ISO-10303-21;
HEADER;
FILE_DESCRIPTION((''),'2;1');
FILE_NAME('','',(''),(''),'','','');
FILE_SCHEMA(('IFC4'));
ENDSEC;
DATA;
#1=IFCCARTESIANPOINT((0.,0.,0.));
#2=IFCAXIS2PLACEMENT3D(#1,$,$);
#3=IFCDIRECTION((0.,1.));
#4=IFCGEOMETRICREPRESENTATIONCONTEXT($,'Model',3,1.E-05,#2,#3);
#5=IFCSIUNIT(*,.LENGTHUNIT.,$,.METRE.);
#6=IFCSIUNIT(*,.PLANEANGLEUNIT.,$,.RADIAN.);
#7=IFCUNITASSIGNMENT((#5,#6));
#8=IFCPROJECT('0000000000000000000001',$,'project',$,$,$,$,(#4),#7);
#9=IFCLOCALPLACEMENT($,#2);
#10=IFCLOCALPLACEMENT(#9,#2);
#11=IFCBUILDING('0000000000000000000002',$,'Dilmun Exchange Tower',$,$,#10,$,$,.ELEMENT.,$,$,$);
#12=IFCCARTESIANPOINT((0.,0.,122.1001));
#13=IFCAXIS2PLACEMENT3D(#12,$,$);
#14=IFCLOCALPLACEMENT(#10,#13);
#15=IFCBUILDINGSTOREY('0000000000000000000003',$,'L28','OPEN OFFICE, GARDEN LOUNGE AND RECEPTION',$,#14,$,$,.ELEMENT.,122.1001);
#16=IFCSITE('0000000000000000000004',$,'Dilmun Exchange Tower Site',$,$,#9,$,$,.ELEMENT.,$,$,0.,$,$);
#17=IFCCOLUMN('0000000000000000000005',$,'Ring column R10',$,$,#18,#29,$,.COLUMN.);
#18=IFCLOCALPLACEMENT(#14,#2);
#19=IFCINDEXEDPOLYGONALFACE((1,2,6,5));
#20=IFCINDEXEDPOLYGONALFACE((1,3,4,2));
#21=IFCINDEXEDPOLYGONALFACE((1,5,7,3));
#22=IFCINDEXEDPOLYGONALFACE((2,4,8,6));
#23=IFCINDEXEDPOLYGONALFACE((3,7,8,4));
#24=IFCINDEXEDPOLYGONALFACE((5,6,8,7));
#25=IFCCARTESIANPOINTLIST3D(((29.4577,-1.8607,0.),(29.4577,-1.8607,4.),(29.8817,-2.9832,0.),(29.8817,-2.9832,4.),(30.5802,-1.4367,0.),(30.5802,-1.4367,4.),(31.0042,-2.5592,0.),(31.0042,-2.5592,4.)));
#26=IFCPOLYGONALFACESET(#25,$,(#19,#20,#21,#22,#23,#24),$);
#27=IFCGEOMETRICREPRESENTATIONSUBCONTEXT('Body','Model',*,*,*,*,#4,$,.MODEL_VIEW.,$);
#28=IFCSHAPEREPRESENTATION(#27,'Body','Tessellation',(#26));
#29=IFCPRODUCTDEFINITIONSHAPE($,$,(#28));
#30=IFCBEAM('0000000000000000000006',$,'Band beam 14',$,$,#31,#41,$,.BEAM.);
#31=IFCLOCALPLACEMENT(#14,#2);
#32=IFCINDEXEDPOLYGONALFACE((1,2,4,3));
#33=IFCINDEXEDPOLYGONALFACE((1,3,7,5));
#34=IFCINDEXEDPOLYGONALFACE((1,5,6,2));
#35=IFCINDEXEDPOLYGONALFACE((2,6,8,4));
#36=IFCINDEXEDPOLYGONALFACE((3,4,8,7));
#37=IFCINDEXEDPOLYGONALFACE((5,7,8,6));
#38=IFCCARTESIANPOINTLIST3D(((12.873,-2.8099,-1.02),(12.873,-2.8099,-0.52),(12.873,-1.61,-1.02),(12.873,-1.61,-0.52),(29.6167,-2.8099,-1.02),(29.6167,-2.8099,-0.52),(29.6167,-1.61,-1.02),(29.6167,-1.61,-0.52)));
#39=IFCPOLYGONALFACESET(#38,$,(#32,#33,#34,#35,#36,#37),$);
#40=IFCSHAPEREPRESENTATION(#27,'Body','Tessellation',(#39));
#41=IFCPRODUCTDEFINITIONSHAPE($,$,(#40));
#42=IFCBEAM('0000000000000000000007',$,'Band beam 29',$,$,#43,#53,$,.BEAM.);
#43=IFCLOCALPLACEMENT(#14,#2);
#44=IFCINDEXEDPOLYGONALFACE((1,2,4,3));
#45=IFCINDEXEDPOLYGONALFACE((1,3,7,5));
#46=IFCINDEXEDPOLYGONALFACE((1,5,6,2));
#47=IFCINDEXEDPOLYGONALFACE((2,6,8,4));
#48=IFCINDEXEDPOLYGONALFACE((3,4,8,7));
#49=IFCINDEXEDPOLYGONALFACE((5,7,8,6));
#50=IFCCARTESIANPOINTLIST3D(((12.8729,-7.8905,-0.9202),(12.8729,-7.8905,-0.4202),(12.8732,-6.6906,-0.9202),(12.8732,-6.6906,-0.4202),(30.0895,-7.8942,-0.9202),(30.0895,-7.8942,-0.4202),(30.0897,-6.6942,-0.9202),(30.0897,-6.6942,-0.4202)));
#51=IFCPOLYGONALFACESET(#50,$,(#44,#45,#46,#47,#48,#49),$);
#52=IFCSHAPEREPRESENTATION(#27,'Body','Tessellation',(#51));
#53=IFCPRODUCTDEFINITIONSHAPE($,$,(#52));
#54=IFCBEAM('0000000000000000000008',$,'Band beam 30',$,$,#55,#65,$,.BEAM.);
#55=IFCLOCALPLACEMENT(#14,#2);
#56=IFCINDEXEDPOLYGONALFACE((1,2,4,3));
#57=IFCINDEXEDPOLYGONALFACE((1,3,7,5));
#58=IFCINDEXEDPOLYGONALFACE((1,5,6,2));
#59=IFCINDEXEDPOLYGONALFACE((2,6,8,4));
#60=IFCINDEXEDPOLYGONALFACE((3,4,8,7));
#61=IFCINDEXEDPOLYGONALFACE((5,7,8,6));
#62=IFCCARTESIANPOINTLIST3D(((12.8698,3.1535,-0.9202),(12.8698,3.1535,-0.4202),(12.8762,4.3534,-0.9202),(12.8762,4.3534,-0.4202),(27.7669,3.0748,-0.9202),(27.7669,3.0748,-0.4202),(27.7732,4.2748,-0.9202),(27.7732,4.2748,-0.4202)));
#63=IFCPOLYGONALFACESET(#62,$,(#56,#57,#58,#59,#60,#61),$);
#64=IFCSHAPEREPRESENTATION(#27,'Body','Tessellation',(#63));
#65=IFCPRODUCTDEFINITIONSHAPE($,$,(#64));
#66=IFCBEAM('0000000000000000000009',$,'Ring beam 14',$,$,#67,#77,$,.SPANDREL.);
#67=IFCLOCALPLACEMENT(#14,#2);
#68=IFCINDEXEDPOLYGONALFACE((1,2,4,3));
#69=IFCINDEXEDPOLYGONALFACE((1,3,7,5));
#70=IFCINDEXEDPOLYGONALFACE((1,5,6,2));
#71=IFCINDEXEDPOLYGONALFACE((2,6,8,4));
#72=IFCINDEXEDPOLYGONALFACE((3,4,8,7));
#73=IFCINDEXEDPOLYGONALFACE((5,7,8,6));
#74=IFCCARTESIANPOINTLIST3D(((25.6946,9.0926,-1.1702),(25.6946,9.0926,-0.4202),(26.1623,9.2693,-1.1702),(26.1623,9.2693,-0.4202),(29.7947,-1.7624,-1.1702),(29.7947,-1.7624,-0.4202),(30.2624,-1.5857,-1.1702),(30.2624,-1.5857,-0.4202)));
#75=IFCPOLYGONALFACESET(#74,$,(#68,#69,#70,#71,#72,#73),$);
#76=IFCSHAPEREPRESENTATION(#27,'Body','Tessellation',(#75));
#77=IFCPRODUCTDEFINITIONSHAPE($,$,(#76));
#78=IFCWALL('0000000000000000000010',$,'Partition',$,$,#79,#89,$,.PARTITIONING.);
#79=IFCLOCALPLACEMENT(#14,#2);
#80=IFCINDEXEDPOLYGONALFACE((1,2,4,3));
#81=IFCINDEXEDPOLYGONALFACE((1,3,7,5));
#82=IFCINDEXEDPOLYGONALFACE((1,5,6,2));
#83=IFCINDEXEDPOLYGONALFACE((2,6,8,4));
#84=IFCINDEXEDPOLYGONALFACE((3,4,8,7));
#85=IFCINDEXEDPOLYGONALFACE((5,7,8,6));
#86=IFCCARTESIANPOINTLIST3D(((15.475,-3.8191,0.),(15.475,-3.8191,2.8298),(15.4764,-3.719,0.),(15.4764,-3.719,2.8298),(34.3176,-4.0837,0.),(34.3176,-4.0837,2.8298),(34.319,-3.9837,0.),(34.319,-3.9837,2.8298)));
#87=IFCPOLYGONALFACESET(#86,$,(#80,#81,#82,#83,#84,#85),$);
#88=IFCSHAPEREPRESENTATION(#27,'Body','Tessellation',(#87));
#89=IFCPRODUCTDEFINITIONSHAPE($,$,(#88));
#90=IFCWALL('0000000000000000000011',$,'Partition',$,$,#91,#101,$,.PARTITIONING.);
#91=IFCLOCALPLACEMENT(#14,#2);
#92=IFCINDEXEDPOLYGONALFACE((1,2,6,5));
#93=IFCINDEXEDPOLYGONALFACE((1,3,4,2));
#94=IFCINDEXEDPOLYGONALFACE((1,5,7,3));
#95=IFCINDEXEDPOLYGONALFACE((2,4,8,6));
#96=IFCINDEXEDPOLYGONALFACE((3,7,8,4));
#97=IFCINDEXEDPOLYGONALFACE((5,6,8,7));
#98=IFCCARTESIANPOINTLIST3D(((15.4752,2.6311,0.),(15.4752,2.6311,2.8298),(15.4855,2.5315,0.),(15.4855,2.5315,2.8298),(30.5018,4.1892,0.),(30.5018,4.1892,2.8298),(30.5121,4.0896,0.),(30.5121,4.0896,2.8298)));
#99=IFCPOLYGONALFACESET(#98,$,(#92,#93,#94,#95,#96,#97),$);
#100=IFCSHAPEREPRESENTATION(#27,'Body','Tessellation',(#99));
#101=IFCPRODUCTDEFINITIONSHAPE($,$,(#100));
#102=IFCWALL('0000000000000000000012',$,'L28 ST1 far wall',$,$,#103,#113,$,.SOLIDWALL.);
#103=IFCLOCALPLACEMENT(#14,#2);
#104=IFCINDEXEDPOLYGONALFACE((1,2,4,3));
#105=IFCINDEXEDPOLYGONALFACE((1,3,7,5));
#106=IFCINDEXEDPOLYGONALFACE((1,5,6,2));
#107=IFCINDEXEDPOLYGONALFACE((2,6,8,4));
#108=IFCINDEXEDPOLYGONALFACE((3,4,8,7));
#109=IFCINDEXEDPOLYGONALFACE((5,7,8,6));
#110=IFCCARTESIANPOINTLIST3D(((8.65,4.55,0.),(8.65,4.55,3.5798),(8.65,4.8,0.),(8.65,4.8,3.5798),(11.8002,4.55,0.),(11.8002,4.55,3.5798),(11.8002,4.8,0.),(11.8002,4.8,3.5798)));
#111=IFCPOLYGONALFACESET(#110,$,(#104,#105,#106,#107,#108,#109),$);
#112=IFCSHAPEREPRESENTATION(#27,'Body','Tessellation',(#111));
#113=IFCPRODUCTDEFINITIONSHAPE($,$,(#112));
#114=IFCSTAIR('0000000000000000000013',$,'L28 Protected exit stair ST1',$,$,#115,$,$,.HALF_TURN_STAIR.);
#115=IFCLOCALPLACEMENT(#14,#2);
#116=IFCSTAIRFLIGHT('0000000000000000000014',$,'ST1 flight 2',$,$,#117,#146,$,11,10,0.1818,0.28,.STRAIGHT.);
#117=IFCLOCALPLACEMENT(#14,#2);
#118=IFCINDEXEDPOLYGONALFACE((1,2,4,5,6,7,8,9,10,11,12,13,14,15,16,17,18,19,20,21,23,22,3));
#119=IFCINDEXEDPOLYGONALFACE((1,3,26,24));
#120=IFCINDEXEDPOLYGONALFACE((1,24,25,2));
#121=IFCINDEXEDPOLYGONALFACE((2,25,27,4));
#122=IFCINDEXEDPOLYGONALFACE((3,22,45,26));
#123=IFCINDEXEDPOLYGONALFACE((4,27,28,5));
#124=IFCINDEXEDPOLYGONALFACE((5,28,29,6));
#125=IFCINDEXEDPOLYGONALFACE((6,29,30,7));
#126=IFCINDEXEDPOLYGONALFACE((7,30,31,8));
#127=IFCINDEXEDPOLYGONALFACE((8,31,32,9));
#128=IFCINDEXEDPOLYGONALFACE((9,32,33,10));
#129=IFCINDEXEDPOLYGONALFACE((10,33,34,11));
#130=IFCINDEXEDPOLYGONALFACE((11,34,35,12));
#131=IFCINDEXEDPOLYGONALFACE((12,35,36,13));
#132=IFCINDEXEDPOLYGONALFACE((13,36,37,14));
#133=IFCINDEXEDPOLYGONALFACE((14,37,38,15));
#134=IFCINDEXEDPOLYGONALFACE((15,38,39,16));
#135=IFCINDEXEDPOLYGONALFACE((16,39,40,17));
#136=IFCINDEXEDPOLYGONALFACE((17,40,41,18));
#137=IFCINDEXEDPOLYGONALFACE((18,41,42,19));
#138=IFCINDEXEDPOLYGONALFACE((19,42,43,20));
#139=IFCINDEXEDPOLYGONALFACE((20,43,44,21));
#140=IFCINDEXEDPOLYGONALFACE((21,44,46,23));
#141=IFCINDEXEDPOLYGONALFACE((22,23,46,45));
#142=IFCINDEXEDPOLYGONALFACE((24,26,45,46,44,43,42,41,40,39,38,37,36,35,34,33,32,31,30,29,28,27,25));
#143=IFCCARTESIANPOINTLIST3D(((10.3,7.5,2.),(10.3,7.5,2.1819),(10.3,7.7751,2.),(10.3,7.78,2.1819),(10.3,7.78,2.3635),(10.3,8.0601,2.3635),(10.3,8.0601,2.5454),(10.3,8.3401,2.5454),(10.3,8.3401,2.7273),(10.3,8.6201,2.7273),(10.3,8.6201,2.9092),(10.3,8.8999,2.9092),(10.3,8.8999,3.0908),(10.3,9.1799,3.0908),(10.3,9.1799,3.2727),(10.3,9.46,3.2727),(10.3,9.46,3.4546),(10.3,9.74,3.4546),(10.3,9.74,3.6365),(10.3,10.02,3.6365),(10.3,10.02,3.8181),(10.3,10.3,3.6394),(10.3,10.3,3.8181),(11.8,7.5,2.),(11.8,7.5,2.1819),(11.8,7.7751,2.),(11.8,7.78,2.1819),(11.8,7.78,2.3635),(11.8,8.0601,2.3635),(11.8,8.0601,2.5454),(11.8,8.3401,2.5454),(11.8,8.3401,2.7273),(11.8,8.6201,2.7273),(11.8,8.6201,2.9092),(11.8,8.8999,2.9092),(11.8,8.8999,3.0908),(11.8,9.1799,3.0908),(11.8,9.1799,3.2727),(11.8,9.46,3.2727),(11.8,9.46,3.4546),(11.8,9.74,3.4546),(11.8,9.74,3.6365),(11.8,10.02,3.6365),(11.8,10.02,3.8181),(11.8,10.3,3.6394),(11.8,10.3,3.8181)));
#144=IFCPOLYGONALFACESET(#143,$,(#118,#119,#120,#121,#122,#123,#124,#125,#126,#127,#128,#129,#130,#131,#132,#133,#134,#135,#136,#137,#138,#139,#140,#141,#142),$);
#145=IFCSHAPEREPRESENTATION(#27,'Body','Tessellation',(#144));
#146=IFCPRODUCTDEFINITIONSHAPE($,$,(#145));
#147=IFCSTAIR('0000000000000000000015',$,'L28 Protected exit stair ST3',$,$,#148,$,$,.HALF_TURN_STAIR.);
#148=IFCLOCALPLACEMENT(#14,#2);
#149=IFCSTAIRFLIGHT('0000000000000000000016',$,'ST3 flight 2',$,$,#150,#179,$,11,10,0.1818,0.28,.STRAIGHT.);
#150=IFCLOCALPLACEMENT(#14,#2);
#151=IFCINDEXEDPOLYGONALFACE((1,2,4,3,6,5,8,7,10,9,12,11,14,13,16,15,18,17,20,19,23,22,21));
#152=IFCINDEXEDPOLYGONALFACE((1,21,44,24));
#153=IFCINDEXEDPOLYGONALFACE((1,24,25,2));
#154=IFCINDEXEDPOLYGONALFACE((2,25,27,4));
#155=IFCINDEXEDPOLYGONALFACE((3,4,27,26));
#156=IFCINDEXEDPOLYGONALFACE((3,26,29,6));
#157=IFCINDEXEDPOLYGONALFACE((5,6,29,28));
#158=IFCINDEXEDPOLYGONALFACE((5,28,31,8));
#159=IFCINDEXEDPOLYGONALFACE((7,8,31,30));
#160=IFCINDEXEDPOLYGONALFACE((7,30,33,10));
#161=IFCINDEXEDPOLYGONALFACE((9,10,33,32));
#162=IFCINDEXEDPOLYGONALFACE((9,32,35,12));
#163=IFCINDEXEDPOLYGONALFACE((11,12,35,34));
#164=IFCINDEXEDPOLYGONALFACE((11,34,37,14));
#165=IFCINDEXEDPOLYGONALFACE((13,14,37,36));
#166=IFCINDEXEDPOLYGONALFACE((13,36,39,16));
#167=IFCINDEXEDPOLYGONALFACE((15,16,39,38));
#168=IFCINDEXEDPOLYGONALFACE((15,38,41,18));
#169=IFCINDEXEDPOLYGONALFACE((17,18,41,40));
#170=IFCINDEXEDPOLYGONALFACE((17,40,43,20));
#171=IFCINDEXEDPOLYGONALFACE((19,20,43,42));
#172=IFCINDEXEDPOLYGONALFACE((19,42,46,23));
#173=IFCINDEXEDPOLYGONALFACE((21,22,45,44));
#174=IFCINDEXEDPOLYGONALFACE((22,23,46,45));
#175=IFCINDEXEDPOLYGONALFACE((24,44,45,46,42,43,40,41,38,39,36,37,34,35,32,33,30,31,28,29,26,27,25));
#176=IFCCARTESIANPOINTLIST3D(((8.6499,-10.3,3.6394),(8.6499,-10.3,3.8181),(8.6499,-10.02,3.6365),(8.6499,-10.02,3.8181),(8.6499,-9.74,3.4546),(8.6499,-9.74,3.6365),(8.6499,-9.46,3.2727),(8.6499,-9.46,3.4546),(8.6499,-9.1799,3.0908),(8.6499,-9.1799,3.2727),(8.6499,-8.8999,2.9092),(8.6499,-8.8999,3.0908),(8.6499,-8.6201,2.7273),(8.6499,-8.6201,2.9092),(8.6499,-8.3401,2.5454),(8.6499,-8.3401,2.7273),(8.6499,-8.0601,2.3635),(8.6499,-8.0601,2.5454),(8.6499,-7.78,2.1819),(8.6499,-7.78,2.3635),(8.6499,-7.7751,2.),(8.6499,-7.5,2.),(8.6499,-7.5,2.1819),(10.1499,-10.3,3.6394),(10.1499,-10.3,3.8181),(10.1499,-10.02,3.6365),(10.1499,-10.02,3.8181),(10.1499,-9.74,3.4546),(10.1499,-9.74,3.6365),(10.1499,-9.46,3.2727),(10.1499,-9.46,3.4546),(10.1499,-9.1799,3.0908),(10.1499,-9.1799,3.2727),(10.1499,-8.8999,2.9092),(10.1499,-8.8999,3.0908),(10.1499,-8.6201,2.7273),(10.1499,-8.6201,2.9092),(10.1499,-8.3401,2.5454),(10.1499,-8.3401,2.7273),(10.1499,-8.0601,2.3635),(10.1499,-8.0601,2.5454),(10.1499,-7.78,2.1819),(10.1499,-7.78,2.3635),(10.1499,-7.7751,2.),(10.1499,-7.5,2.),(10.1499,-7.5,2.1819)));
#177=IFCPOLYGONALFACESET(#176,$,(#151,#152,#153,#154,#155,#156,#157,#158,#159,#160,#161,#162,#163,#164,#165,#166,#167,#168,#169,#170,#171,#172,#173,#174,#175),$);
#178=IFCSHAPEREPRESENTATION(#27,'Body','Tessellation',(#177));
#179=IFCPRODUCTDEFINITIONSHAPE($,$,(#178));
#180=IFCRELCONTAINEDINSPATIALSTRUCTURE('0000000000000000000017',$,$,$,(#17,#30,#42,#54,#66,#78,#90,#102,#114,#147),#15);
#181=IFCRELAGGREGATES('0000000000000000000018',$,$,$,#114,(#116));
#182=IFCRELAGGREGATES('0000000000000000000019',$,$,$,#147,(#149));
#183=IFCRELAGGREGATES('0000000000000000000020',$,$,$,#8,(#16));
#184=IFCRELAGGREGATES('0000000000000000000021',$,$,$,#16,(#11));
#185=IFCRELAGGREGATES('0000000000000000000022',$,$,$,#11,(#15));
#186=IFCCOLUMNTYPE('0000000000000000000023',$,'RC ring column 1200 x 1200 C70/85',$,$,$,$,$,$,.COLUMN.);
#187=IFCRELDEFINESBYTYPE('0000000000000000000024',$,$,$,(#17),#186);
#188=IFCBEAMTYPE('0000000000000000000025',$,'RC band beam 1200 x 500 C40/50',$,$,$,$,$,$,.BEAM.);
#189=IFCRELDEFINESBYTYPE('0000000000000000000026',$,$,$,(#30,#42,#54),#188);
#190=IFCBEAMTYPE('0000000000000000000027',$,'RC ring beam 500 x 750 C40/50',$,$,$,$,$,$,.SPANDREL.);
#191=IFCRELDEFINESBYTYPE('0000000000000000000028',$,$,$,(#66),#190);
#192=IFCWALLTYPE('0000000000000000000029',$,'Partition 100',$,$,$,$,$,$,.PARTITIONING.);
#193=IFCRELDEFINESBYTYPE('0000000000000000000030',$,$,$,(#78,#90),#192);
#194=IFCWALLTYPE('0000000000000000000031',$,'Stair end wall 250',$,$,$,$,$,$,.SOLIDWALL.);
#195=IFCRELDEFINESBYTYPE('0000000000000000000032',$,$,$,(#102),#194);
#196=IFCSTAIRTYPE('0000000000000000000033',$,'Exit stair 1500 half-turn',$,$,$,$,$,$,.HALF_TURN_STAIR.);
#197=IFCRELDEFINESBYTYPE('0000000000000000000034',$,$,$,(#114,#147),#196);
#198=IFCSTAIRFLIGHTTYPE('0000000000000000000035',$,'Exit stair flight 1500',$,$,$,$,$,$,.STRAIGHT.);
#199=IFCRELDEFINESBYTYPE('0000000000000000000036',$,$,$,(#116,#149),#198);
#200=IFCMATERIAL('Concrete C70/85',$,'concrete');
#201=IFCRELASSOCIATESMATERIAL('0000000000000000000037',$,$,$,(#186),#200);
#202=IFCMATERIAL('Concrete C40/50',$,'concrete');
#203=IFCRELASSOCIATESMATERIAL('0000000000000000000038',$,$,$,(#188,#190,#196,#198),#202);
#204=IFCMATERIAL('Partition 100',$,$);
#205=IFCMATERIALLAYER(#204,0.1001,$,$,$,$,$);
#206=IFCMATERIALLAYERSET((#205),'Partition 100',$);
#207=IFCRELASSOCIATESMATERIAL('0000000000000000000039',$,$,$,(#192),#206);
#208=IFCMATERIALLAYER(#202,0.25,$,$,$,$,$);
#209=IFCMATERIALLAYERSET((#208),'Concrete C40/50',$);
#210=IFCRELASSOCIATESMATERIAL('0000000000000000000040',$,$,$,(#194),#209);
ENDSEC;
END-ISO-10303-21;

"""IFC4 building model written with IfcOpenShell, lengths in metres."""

from ifc_helpers import new_model, si_unit, direction, frame, frame_2d, origin, origin_2d, place, context, subcontext, project, spatial, polyline, rectangle, outline, extrude, material, layer, layer_set, material_profile, profile_set, type_object, element, aggregate, save


model = new_model("IFC4")

# Units and contexts
model_context = context("Model", 3, precision=1e-05, world=origin(), true_north=direction((0.0, 1.0)))
body_context = subcontext(model_context, "Body", "Model", "MODEL_VIEW")
ifc_project = project(units=[si_unit("LENGTHUNIT", "METRE"), si_unit("PLANEANGLEUNIT", "RADIAN")], contexts=[model_context])

# Site, building, storey
site_placement = place(None, origin())
site = spatial("IfcSite", under=ifc_project, at=site_placement, Name="Dilmun Exchange Tower Site", CompositionType="ELEMENT", RefElevation=0.0)
building_placement = place(site_placement, origin())
building = spatial("IfcBuilding", under=site, at=building_placement, Name="Dilmun Exchange Tower", CompositionType="ELEMENT")
storey_placement = place(building_placement, frame((0.0, 0.0, 122.1001)))
storey = spatial("IfcBuildingStorey", under=building, at=storey_placement, Name="L28", Description="OPEN OFFICE, GARDEN LOUNGE AND RECEPTION", CompositionType="ELEMENT", Elevation=122.1001)

# Column
ifc_material_1 = material(Name="Concrete C70/85", Category="concrete")
ifc_material_profile_1 = material_profile(ifc_material_1, rectangle(XDim=1.2, YDim=1.2, at=origin_2d()), Name="1200 x 1200")
ifc_profile_set_1 = profile_set([ifc_material_profile_1], Name="Concrete C70/85")
column_type = type_object("IfcColumnType", Name="RC ring column 1200 x 1200 C70/85", PredefinedType="COLUMN", material=ifc_profile_set_1)
column_placement = place(storey_placement, frame((30.231, -2.21, 0.0), z_axis=(0.0, 0.0, 1.0), x_axis=(0.935492, 0.353349, 0.0)))
element("IfcColumn", 1, at=column_placement, inside=storey, type_object=column_type, Name="Ring column R10", PredefinedType="COLUMN", context=body_context, shape_type="SweptSolid", body=[
    extrude(rectangle(XDim=1.2, YDim=1.2, at=origin_2d()), origin(), (0.0, 0.0, 1.0), 4.0),
])

# Beams
ifc_material_2 = material(Name="Concrete C40/50", Category="concrete")
ifc_material_profile_2 = material_profile(ifc_material_2, rectangle(XDim=1.2, YDim=0.5, at=origin_2d()), Name="1200 x 500")
ifc_profile_set_2 = profile_set([ifc_material_profile_2], Name="Concrete C40/50")
beam_type_1 = type_object("IfcBeamType", Name="RC band beam 1200 x 500 C40/50", PredefinedType="BEAM", material=ifc_profile_set_2)
beam_1_placement = place(storey_placement, frame((29.6167, -2.21, -0.77), z_axis=(-1.0, 0.0, 0.0), x_axis=(0.0, -1.0, 0.0)))
element("IfcBeam", 2, at=beam_1_placement, inside=storey, type_object=beam_type_1, Name="Band beam 14", PredefinedType="BEAM", context=body_context, shape_type="SweptSolid", body=[
    extrude(rectangle(XDim=1.2, YDim=0.5, at=origin_2d()), origin(), (0.0, 0.0, 1.0), 16.7437),
])
beam_2_placement = place(storey_placement, frame((30.0896, -7.2942, -0.6702), z_axis=(-1.0, 0.000213, 0.0), x_axis=(-0.000213, -1.0, 0.0)))
element("IfcBeam", 3, at=beam_2_placement, inside=storey, type_object=beam_type_1, Name="Band beam 29", PredefinedType="BEAM", context=body_context, shape_type="SweptSolid", body=[
    extrude(rectangle(XDim=1.2, YDim=0.5, at=origin_2d()), origin(), (0.0, 0.0, 1.0), 17.2166),
])
beam_3_placement = place(storey_placement, frame((27.77, 3.6748, -0.6702), z_axis=(-0.999986, 0.005277, 0.0), x_axis=(-0.005277, -0.999986, 0.0)))
element("IfcBeam", 4, at=beam_3_placement, inside=storey, type_object=beam_type_1, Name="Band beam 30", PredefinedType="BEAM", context=body_context, shape_type="SweptSolid", body=[
    extrude(rectangle(XDim=1.2, YDim=0.5, at=origin_2d()), origin(), (0.0, 0.0, 1.0), 14.8972),
])
ifc_material_profile_3 = material_profile(ifc_material_2, rectangle(XDim=0.5, YDim=0.75, at=origin_2d()), Name="500 x 750")
ifc_profile_set_3 = profile_set([ifc_material_profile_3], Name="Concrete C40/50")
beam_type_2 = type_object("IfcBeamType", Name="RC ring beam 500 x 750 C40/50", PredefinedType="SPANDREL", material=ifc_profile_set_3)
beam_4_placement = place(storey_placement, frame((30.0286, -1.6741, -0.7952), z_axis=(-0.35335, 0.935491, 0.0), x_axis=(-0.935491, -0.35335, 0.0)))
element("IfcBeam", 5, at=beam_4_placement, inside=storey, type_object=beam_type_2, Name="Ring beam 14", PredefinedType="SPANDREL", context=body_context, shape_type="SweptSolid", body=[
    extrude(rectangle(XDim=0.5, YDim=0.75, at=origin_2d()), origin(), (0.0, 0.0, 1.0), 11.6035),
])

# Walls
ifc_material_3 = material(Name="Partition 100")
ifc_layer_1 = layer(ifc_material_3, 0.1001)
ifc_layer_set_1 = layer_set([ifc_layer_1], Name="Partition 100")
wall_type_1 = type_object("IfcWallType", Name="Partition 100", PredefinedType="PARTITIONING", material=ifc_layer_set_1)
wall_1_placement = place(storey_placement, frame((15.4756, -3.769, 0.0), z_axis=(0.0, 0.0, 1.0), x_axis=(0.999901, -0.014044, 0.0)))
element("IfcWall", 6, at=wall_1_placement, inside=storey, type_object=wall_type_1, Name="Partition", PredefinedType="PARTITIONING", context=body_context, shape_type="SweptSolid", body=[
    extrude(rectangle(XDim=18.8445, YDim=0.1001, at=frame_2d((9.4224, 0.0))), origin(), (0.0, 0.0, 1.0), 2.8298),
])
wall_2_placement = place(storey_placement, frame((15.4802, 2.5813, 0.0), z_axis=(0.0, 0.0, 1.0), x_axis=(0.994667, 0.103137, 0.0)))
element("IfcWall", 7, at=wall_2_placement, inside=storey, type_object=wall_type_1, Name="Partition", PredefinedType="PARTITIONING", context=body_context, shape_type="SweptSolid", body=[
    extrude(rectangle(XDim=15.1072, YDim=0.1001, at=frame_2d((7.5537, 0.0))), origin(), (0.0, 0.0, 1.0), 2.8298),
])

# Wall
ifc_layer_2 = layer(ifc_material_2, 0.25)
ifc_layer_set_2 = layer_set([ifc_layer_2], Name="Concrete C40/50")
wall_type_2 = type_object("IfcWallType", Name="Stair end wall 250", PredefinedType="SOLIDWALL", material=ifc_layer_set_2)
wall_3_placement = place(storey_placement, frame((8.6499, 4.675, 0.0), z_axis=(0.0, 0.0, 1.0), x_axis=(1.0, 0.0, 0.0)))
element("IfcWall", 8, at=wall_3_placement, inside=storey, type_object=wall_type_2, Name="L28 ST1 far wall", PredefinedType="SOLIDWALL", context=body_context, shape_type="SweptSolid", body=[
    extrude(rectangle(XDim=3.1501, YDim=0.25, at=frame_2d((1.5752, 0.0))), origin(), (0.0, 0.0, 1.0), 3.5798),
])

# Stairs, stair flights
stair_type = type_object("IfcStairType", Name="Exit stair 1500 half-turn", PredefinedType="HALF_TURN_STAIR", material=ifc_material_2)
stair_1_placement = place(storey_placement, origin())
stair_1 = element("IfcStair", 9, at=stair_1_placement, inside=storey, type_object=stair_type, Name="L28 Protected exit stair ST1", PredefinedType="HALF_TURN_STAIR")
stair_flight_type = type_object("IfcStairFlightType", Name="Exit stair flight 1500", PredefinedType="STRAIGHT", material=ifc_material_2)
stair_flight_1_placement = place(storey_placement, frame((11.05, 7.5, 2.0), z_axis=(0.0, 0.0, 1.0), x_axis=(0.0, 1.0, 0.0)))
stair_flight_1 = element("IfcStairFlight", 10, at=stair_flight_1_placement, type_object=stair_flight_type, Name="ST1 flight 2", NumberOfRisers=11, NumberOfTreads=10, PredefinedType="STRAIGHT", RiserHeight=0.1818, TreadLength=0.28, context=body_context, shape_type="SweptSolid", body=[
    extrude(outline(polyline([(0.0, 0.0), (0.0, 0.1819), (0.28, 0.1819), (0.28, 0.3635), (0.5601, 0.3635), (0.5601, 0.5454), (0.8401, 0.5454), (0.8401, 0.7273), (1.1201, 0.7273), (1.1201, 0.9092), (1.3999, 0.9092), (1.3999, 1.0908), (1.6799, 1.0908), (1.6799, 1.2727), (1.96, 1.2727), (1.96, 1.4546), (2.24, 1.4546), (2.24, 1.6365), (2.52, 1.6365), (2.52, 1.8181), (2.8, 1.8181), (2.8, 2.0), (2.8, 1.6394), (0.2751, 0.0), (0.0, 0.0)])), frame((0.0, 0.75, 0.0), z_axis=(0.0, -1.0, 0.0), x_axis=(1.0, 0.0, 0.0)), (0.0, 0.0, 1.0), 1.5),
])
aggregate(stair_1, [stair_flight_1])
stair_2_placement = place(storey_placement, origin())
stair_2 = element("IfcStair", 11, at=stair_2_placement, inside=storey, type_object=stair_type, Name="L28 Protected exit stair ST3", PredefinedType="HALF_TURN_STAIR")
stair_flight_2_placement = place(storey_placement, frame((9.3999, -7.5, 2.0), z_axis=(0.0, 0.0, 1.0), x_axis=(0.0, -1.0, 0.0)))
stair_flight_2 = element("IfcStairFlight", 12, at=stair_flight_2_placement, type_object=stair_flight_type, Name="ST3 flight 2", NumberOfRisers=11, NumberOfTreads=10, PredefinedType="STRAIGHT", RiserHeight=0.1818, TreadLength=0.28, context=body_context, shape_type="SweptSolid", body=[
    extrude(outline(polyline([(0.0, 0.0), (0.0, 0.1819), (0.28, 0.1819), (0.28, 0.3635), (0.5601, 0.3635), (0.5601, 0.5454), (0.8401, 0.5454), (0.8401, 0.7273), (1.1201, 0.7273), (1.1201, 0.9092), (1.3999, 0.9092), (1.3999, 1.0908), (1.6799, 1.0908), (1.6799, 1.2727), (1.96, 1.2727), (1.96, 1.4546), (2.24, 1.4546), (2.24, 1.6365), (2.52, 1.6365), (2.52, 1.8181), (2.8, 1.8181), (2.8, 2.0), (2.8, 1.6394), (0.2751, 0.0), (0.0, 0.0)])), frame((0.0, 0.75, 0.0), z_axis=(0.0, -1.0, 0.0), x_axis=(1.0, 0.0, 0.0)), (0.0, 0.0, 1.0), 1.5),
])
aggregate(stair_2, [stair_flight_2])

save(model, "model.ifc")
